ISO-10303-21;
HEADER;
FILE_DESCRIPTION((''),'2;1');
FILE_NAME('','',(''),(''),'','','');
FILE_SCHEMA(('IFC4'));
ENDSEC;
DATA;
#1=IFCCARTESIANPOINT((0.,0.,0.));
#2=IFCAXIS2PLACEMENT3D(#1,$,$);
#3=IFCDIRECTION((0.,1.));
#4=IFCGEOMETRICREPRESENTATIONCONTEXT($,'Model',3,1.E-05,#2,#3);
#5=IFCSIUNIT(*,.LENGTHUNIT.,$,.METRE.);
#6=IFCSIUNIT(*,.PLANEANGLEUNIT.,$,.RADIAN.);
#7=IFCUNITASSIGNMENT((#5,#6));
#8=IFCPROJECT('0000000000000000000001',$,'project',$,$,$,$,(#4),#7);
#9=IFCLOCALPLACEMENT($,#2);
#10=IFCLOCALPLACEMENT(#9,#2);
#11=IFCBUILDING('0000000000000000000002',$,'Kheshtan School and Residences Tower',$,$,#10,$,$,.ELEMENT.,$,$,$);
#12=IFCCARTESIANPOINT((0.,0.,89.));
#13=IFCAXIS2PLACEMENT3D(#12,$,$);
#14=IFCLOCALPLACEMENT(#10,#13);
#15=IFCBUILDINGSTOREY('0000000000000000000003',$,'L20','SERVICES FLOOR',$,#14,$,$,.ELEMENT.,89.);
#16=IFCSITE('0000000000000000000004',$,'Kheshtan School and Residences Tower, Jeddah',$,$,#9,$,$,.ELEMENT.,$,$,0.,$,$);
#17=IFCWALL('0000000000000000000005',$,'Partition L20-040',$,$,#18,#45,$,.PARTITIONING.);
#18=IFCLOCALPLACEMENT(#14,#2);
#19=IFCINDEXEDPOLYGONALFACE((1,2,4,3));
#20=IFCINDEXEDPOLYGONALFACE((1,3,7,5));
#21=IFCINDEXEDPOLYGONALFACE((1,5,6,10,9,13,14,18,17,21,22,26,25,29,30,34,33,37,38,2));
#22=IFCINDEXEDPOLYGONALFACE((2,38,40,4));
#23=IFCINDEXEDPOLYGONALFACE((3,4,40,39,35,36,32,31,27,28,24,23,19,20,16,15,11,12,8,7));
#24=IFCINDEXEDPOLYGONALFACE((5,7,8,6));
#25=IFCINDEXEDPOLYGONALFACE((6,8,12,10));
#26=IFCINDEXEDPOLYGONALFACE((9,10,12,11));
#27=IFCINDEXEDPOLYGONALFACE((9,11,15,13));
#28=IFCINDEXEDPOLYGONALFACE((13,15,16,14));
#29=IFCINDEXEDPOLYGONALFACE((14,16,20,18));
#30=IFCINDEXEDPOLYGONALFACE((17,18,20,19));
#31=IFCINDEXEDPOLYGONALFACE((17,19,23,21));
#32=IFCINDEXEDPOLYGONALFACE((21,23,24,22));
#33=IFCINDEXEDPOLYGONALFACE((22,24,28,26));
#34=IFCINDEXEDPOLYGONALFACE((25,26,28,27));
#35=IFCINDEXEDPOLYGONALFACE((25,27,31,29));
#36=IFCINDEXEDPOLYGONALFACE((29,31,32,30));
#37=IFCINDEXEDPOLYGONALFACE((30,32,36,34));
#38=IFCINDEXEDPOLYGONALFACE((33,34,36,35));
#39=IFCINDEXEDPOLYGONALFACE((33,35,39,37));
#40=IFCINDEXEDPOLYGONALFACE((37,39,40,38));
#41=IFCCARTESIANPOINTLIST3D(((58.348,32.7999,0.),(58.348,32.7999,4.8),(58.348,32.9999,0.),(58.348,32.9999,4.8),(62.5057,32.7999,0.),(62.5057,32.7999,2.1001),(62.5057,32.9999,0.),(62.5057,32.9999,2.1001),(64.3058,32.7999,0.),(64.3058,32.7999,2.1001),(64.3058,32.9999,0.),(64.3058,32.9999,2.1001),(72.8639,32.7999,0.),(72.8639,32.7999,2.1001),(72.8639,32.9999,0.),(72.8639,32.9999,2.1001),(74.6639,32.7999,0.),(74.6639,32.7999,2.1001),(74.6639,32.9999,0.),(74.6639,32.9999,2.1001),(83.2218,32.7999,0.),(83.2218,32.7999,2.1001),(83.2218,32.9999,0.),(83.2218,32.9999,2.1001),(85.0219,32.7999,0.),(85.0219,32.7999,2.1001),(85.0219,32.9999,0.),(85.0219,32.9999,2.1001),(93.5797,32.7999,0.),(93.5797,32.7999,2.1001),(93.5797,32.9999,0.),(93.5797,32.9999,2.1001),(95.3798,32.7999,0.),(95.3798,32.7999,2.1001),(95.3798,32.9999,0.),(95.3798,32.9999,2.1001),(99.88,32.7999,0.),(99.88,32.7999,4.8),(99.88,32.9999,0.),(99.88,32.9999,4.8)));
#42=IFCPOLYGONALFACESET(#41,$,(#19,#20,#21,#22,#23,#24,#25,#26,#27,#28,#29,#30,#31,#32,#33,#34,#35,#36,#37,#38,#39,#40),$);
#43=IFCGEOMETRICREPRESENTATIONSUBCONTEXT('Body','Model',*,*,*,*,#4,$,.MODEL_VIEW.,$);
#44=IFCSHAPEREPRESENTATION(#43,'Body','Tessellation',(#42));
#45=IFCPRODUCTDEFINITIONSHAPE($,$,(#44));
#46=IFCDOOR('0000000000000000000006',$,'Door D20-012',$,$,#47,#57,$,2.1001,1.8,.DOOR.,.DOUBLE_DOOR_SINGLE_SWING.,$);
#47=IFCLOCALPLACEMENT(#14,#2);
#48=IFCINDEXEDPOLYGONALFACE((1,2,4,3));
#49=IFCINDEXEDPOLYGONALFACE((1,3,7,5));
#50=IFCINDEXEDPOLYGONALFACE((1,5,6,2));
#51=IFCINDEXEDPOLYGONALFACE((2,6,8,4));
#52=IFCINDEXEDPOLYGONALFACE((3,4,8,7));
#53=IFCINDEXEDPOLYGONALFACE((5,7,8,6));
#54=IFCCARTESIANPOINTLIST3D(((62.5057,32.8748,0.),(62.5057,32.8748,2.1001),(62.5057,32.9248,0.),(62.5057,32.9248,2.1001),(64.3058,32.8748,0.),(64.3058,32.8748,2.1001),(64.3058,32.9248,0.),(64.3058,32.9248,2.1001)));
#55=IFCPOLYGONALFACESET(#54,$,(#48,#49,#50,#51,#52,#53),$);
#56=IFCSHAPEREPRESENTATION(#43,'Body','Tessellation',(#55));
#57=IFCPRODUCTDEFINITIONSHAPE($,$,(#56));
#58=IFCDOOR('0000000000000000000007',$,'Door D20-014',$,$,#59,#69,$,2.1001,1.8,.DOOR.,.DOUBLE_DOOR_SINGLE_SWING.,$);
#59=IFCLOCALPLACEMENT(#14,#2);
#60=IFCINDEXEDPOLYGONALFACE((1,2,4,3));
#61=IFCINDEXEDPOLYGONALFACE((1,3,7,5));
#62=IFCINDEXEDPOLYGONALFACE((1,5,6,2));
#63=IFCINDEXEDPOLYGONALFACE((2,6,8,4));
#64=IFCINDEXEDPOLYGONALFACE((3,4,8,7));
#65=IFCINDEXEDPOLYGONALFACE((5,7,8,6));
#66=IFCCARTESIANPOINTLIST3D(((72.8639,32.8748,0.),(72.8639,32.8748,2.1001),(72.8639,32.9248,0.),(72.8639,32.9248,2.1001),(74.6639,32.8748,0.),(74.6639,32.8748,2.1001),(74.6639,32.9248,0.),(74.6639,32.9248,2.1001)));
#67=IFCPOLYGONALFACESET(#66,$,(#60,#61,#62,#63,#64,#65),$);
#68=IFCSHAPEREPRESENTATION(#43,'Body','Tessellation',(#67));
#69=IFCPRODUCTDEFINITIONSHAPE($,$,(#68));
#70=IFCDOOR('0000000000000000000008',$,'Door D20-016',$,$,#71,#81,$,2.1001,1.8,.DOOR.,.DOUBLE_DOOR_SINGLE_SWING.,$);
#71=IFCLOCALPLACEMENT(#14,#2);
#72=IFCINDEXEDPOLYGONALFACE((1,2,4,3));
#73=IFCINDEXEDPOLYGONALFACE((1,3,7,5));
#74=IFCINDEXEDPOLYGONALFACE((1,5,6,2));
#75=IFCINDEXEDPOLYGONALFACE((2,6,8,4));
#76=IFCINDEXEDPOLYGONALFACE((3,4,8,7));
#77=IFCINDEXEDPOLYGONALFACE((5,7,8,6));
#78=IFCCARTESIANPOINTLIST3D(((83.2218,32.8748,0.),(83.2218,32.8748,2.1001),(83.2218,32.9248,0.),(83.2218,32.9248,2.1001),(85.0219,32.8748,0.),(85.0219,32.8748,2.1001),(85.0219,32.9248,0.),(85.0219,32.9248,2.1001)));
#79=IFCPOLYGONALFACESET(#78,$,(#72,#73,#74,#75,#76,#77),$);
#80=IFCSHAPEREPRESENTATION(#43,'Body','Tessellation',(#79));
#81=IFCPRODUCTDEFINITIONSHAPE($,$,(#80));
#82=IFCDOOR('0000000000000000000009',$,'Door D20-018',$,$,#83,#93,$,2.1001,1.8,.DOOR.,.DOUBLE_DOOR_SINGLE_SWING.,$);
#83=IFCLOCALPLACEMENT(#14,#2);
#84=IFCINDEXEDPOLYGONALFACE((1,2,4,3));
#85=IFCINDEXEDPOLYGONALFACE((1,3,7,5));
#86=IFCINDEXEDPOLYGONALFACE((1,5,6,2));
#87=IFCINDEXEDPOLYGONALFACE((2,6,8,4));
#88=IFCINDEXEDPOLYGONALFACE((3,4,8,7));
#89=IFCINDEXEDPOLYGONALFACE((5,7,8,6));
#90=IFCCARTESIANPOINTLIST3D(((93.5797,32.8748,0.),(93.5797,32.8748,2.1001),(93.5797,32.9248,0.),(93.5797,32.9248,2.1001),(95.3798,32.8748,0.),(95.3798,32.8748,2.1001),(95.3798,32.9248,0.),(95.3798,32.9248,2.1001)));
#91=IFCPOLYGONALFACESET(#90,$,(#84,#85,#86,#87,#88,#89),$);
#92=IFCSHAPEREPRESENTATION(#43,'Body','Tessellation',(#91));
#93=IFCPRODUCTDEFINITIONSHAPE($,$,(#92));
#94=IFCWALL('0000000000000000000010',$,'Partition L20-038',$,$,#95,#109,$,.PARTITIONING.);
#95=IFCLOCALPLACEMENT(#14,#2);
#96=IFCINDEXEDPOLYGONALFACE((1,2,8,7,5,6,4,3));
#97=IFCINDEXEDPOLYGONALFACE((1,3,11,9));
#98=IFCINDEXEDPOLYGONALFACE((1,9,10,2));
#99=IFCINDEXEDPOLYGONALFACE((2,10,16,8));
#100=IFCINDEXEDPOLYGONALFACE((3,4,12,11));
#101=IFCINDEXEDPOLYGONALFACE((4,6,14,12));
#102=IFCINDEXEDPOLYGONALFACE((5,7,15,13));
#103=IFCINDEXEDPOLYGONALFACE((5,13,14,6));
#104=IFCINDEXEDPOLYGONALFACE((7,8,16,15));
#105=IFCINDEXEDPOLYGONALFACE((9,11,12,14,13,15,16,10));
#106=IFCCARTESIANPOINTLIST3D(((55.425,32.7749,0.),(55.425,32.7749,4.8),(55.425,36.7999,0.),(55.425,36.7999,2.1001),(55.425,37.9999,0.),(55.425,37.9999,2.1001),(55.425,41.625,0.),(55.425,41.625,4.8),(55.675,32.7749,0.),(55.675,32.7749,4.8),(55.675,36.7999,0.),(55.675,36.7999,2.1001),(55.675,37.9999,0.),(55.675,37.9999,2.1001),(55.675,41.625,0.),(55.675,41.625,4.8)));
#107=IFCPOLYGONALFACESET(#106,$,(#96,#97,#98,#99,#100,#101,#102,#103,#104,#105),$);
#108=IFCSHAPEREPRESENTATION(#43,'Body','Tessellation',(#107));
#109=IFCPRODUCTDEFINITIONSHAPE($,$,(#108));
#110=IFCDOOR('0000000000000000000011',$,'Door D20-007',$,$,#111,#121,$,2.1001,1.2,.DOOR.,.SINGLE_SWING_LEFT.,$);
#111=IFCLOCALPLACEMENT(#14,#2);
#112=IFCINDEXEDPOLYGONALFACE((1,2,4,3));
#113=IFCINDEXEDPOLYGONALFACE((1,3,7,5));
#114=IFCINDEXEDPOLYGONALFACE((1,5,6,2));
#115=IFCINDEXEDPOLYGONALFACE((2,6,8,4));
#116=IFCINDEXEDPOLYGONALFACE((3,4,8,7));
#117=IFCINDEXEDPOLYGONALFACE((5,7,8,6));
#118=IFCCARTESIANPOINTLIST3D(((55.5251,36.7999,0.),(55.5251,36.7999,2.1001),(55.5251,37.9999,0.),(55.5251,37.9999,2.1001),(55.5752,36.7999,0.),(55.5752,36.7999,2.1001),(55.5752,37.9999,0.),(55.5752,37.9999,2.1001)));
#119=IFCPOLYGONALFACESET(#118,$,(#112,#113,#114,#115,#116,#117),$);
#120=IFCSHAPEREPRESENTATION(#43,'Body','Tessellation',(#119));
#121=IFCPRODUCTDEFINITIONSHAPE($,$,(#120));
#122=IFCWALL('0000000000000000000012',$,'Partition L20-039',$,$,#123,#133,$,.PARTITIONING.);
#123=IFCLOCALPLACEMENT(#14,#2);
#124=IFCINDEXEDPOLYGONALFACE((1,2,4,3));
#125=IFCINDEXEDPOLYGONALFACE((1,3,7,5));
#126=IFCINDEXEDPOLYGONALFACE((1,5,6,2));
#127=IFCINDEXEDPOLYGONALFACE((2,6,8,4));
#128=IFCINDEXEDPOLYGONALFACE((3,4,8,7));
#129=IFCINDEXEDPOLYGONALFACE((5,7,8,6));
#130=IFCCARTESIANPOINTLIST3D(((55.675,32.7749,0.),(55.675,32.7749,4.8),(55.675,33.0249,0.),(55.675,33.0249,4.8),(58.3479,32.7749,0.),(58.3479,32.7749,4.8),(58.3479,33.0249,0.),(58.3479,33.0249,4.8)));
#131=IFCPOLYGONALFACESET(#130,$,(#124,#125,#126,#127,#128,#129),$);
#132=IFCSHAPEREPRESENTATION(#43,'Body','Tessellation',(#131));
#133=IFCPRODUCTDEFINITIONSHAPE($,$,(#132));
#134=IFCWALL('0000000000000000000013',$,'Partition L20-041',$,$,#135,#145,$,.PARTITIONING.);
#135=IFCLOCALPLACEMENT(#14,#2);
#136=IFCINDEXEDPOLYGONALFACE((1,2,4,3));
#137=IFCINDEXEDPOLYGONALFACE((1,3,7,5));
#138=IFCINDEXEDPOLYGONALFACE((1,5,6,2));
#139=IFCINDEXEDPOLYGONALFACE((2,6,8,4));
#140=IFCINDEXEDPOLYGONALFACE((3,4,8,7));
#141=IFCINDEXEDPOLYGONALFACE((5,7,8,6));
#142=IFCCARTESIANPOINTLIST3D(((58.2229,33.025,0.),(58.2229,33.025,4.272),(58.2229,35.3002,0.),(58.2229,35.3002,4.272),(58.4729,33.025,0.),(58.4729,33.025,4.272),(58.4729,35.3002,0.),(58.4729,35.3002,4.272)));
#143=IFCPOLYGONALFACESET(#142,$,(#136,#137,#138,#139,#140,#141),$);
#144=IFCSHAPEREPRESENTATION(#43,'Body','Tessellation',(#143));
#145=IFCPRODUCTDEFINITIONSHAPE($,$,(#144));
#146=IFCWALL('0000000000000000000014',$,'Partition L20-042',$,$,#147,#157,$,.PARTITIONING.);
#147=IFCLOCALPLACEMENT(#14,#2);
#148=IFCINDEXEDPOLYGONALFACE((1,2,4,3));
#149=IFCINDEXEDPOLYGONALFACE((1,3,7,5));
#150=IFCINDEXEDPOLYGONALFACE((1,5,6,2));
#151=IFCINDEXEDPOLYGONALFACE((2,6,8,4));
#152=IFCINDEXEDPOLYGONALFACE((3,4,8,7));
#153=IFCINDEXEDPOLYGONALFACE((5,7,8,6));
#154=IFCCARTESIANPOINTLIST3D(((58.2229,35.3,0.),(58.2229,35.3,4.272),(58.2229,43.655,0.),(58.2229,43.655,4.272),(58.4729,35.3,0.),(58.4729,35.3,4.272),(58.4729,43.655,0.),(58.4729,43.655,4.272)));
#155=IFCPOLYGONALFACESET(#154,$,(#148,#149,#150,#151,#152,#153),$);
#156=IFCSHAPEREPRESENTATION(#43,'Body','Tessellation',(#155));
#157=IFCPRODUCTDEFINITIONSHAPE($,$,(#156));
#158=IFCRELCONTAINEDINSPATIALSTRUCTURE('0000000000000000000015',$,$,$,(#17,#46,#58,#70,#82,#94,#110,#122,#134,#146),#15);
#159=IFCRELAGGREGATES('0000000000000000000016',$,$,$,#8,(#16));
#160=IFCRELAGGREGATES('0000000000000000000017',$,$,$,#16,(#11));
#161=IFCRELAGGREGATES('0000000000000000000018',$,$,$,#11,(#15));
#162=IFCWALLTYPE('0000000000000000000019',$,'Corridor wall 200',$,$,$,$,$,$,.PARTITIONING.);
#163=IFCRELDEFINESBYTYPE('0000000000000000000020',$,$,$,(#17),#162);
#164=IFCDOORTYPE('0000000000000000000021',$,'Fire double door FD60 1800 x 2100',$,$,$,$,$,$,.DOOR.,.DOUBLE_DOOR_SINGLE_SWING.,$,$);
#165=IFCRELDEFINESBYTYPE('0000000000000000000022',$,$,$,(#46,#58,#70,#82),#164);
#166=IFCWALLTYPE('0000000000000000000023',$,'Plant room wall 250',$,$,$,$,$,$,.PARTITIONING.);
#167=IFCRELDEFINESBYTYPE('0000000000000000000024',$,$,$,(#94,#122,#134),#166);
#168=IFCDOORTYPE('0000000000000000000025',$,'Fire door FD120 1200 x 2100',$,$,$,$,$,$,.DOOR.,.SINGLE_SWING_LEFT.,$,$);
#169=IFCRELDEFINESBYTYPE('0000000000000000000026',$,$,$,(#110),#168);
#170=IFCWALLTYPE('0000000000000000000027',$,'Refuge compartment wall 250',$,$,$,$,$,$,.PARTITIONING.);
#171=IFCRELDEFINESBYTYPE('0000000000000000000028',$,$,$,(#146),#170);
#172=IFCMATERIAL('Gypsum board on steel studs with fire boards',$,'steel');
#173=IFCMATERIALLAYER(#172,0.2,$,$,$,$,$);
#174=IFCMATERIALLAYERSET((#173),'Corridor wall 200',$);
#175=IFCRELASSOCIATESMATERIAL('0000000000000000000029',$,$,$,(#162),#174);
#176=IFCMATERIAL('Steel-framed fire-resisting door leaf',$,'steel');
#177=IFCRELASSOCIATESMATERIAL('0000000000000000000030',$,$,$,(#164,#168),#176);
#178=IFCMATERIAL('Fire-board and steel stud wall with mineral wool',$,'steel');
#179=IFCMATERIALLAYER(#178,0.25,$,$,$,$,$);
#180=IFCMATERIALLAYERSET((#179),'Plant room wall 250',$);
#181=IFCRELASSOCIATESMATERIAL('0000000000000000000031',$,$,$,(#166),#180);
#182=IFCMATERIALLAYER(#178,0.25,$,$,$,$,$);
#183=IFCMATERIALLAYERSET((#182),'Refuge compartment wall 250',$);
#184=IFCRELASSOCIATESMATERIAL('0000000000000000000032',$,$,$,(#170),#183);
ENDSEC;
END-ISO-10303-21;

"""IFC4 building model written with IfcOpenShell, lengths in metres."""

from ifc_helpers import new_model, si_unit, direction, frame, frame_2d, origin, place, context, subcontext, project, spatial, rectangle, extrude, source, transform, mapped, material, layer, layer_set, type_object, element, fill, save


model = new_model("IFC4")

# Units and contexts
model_context = context("Model", 3, precision=1e-05, world=origin(), true_north=direction((0.0, 1.0)))
body_context = subcontext(model_context, "Body", "Model", "MODEL_VIEW")
ifc_project = project(units=[si_unit("LENGTHUNIT", "METRE"), si_unit("PLANEANGLEUNIT", "RADIAN")], contexts=[model_context])

# Site, building, storey
site_placement = place(None, origin())
site = spatial("IfcSite", under=ifc_project, at=site_placement, Name="Kheshtan School and Residences Tower, Jeddah", CompositionType="ELEMENT", RefElevation=0.0)
building_placement = place(site_placement, origin())
building = spatial("IfcBuilding", under=site, at=building_placement, Name="Kheshtan School and Residences Tower", CompositionType="ELEMENT")
storey_placement = place(building_placement, frame((0.0, 0.0, 89.0)))
storey = spatial("IfcBuildingStorey", under=building, at=storey_placement, Name="L20", Description="SERVICES FLOOR", CompositionType="ELEMENT", Elevation=89.0)

# Wall, openings, doors
ifc_material_1 = material(Name="Gypsum board on steel studs with fire boards", Category="steel")
ifc_layer_1 = layer(ifc_material_1, 0.2)
ifc_layer_set_1 = layer_set([ifc_layer_1], Name="Corridor wall 200")
wall_type_1 = type_object("IfcWallType", Name="Corridor wall 200", PredefinedType="PARTITIONING", material=ifc_layer_set_1)
wall_1_placement = place(storey_placement, frame((58.3479, 32.8999, 0.0), z_axis=(0.0, 0.0, 1.0), x_axis=(1.0, 0.0, 0.0)))
wall_1 = element("IfcWall", 1, at=wall_1_placement, inside=storey, type_object=wall_type_1, Name="Partition L20-040", PredefinedType="PARTITIONING", context=body_context, shape_type="SweptSolid", body=[
    extrude(rectangle(XDim=41.532, YDim=0.2, at=frame_2d((20.7661, 0.0))), origin(), (0.0, 0.0, 1.0), 4.8),
])
opening_1_placement = place(wall_1_placement, frame((4.158, 0.0, 0.0)))
opening_1 = element("IfcOpeningElement", 2, at=opening_1_placement, cuts=wall_1, PredefinedType="OPENING", context=body_context, shape_type="SweptSolid", body=[
    extrude(rectangle(XDim=1.8, YDim=2.1001, at=frame_2d((0.8999, 1.05))), frame((0.0, 0.1099, 0.0), z_axis=(0.0, -1.0, 0.0), x_axis=(1.0, 0.0, 0.0)), (0.0, 0.0, 1.0), 0.22),
])
opening_2_placement = place(wall_1_placement, frame((14.5161, 0.0, 0.0)))
opening_2 = element("IfcOpeningElement", 3, at=opening_2_placement, cuts=wall_1, PredefinedType="OPENING", context=body_context, shape_type="SweptSolid", body=[
    extrude(rectangle(XDim=1.8, YDim=2.1001, at=frame_2d((0.8999, 1.05))), frame((0.0, 0.1099, 0.0), z_axis=(0.0, -1.0, 0.0), x_axis=(1.0, 0.0, 0.0)), (0.0, 0.0, 1.0), 0.22),
])
opening_3_placement = place(wall_1_placement, frame((24.874, 0.0, 0.0)))
opening_3 = element("IfcOpeningElement", 4, at=opening_3_placement, cuts=wall_1, PredefinedType="OPENING", context=body_context, shape_type="SweptSolid", body=[
    extrude(rectangle(XDim=1.8, YDim=2.1001, at=frame_2d((0.8999, 1.05))), frame((0.0, 0.1099, 0.0), z_axis=(0.0, -1.0, 0.0), x_axis=(1.0, 0.0, 0.0)), (0.0, 0.0, 1.0), 0.22),
])
opening_4_placement = place(wall_1_placement, frame((35.2319, 0.0, 0.0)))
opening_4 = element("IfcOpeningElement", 5, at=opening_4_placement, cuts=wall_1, PredefinedType="OPENING", context=body_context, shape_type="SweptSolid", body=[
    extrude(rectangle(XDim=1.8, YDim=2.1001, at=frame_2d((0.8999, 1.05))), frame((0.0, 0.1099, 0.0), z_axis=(0.0, -1.0, 0.0), x_axis=(1.0, 0.0, 0.0)), (0.0, 0.0, 1.0), 0.22),
])
ifc_material_2 = material(Name="Steel-framed fire-resisting door leaf", Category="steel")
door_type_1 = type_object("IfcDoorType", Name="Fire double door FD60 1800 x 2100", OperationType="DOUBLE_DOOR_SINGLE_SWING", PredefinedType="DOOR", material=ifc_material_2)
shared_shape_1 = source(origin(), body_context, "Body", "SweptSolid", [
    extrude(rectangle(XDim=1.8, YDim=2.1001, at=frame_2d((0.8999, 1.05))), frame((0.0, 0.0249, 0.0), z_axis=(0.0, -1.0, 0.0), x_axis=(1.0, 0.0, 0.0)), (0.0, 0.0, 1.0), 0.05),
])
door_1_placement = place(opening_1_placement, origin())
door_1 = element("IfcDoor", 6, at=door_1_placement, inside=storey, type_object=door_type_1, Name="Door D20-012", OperationType="DOUBLE_DOOR_SINGLE_SWING", OverallHeight=2.1001, OverallWidth=1.8, PredefinedType="DOOR", context=body_context, shape_type="MappedRepresentation", body=[
    mapped(shared_shape_1, transform((0.0, 0.0, 0.0), x_axis=(1.0, 0.0, 0.0), y_axis=(0.0, 1.0, 0.0), z_axis=(0.0, 0.0, 1.0), scale=1.0)),
])
fill(opening_1, door_1)
door_2_placement = place(opening_2_placement, origin())
door_2 = element("IfcDoor", 7, at=door_2_placement, inside=storey, type_object=door_type_1, Name="Door D20-014", OperationType="DOUBLE_DOOR_SINGLE_SWING", OverallHeight=2.1001, OverallWidth=1.8, PredefinedType="DOOR", context=body_context, shape_type="MappedRepresentation", body=[
    mapped(shared_shape_1, transform((0.0, 0.0, 0.0), x_axis=(1.0, 0.0, 0.0), y_axis=(0.0, 1.0, 0.0), z_axis=(0.0, 0.0, 1.0), scale=1.0)),
])
fill(opening_2, door_2)
door_3_placement = place(opening_3_placement, origin())
door_3 = element("IfcDoor", 8, at=door_3_placement, inside=storey, type_object=door_type_1, Name="Door D20-016", OperationType="DOUBLE_DOOR_SINGLE_SWING", OverallHeight=2.1001, OverallWidth=1.8, PredefinedType="DOOR", context=body_context, shape_type="MappedRepresentation", body=[
    mapped(shared_shape_1, transform((0.0, 0.0, 0.0), x_axis=(1.0, 0.0, 0.0), y_axis=(0.0, 1.0, 0.0), z_axis=(0.0, 0.0, 1.0), scale=1.0)),
])
fill(opening_3, door_3)
door_4_placement = place(opening_4_placement, origin())
door_4 = element("IfcDoor", 9, at=door_4_placement, inside=storey, type_object=door_type_1, Name="Door D20-018", OperationType="DOUBLE_DOOR_SINGLE_SWING", OverallHeight=2.1001, OverallWidth=1.8, PredefinedType="DOOR", context=body_context, shape_type="MappedRepresentation", body=[
    mapped(shared_shape_1, transform((0.0, 0.0, 0.0), x_axis=(1.0, 0.0, 0.0), y_axis=(0.0, 1.0, 0.0), z_axis=(0.0, 0.0, 1.0), scale=1.0)),
])
fill(opening_4, door_4)

# Wall, opening, door
ifc_material_3 = material(Name="Fire-board and steel stud wall with mineral wool", Category="steel")
ifc_layer_2 = layer(ifc_material_3, 0.25)
ifc_layer_set_2 = layer_set([ifc_layer_2], Name="Plant room wall 250")
wall_type_2 = type_object("IfcWallType", Name="Plant room wall 250", PredefinedType="PARTITIONING", material=ifc_layer_set_2)
wall_2_placement = place(storey_placement, frame((55.55, 32.7749, 0.0), z_axis=(0.0, 0.0, 1.0), x_axis=(0.0, 1.0, 0.0)))
wall_2 = element("IfcWall", 10, at=wall_2_placement, inside=storey, type_object=wall_type_2, Name="Partition L20-038", PredefinedType="PARTITIONING", context=body_context, shape_type="SweptSolid", body=[
    extrude(rectangle(XDim=8.8501, YDim=0.25, at=frame_2d((4.425, 0.0))), origin(), (0.0, 0.0, 1.0), 4.8),
])
opening_5_placement = place(wall_2_placement, frame((4.0249, 0.0, 0.0)))
opening_5 = element("IfcOpeningElement", 11, at=opening_5_placement, cuts=wall_2, PredefinedType="OPENING", context=body_context, shape_type="SweptSolid", body=[
    extrude(rectangle(XDim=1.2, YDim=2.1001, at=frame_2d((0.6001, 1.05))), frame((0.0, 0.135, 0.0), z_axis=(0.0, -1.0, 0.0), x_axis=(1.0, 0.0, 0.0)), (0.0, 0.0, 1.0), 0.27),
])
door_type_2 = type_object("IfcDoorType", Name="Fire door FD120 1200 x 2100", OperationType="SINGLE_SWING_LEFT", PredefinedType="DOOR", material=ifc_material_2)
shared_shape_2 = source(origin(), body_context, "Body", "SweptSolid", [
    extrude(rectangle(XDim=1.2, YDim=2.1001, at=frame_2d((0.6001, 1.05))), frame((0.0, 0.0249, 0.0), z_axis=(0.0, -1.0, 0.0), x_axis=(1.0, 0.0, 0.0)), (0.0, 0.0, 1.0), 0.05),
])
door_5_placement = place(opening_5_placement, origin())
door_5 = element("IfcDoor", 12, at=door_5_placement, inside=storey, type_object=door_type_2, Name="Door D20-007", OperationType="SINGLE_SWING_LEFT", OverallHeight=2.1001, OverallWidth=1.2, PredefinedType="DOOR", context=body_context, shape_type="MappedRepresentation", body=[
    mapped(shared_shape_2, transform((0.0, 0.0, 0.0), x_axis=(1.0, 0.0, 0.0), y_axis=(0.0, 1.0, 0.0), z_axis=(0.0, 0.0, 1.0), scale=1.0)),
])
fill(opening_5, door_5)

# Walls
wall_3_placement = place(storey_placement, frame((55.675, 32.8999, 0.0), z_axis=(0.0, 0.0, 1.0), x_axis=(1.0, 0.0, 0.0)))
element("IfcWall", 13, at=wall_3_placement, inside=storey, type_object=wall_type_2, Name="Partition L20-039", PredefinedType="PARTITIONING", context=body_context, shape_type="SweptSolid", body=[
    extrude(rectangle(XDim=2.6729, YDim=0.25, at=frame_2d((1.3364, 0.0))), origin(), (0.0, 0.0, 1.0), 4.8),
])
wall_4_placement = place(storey_placement, frame((58.3479, 33.0249, 0.0), z_axis=(0.0, 0.0, 1.0), x_axis=(0.0, 1.0, 0.0)))
element("IfcWall", 14, at=wall_4_placement, inside=storey, type_object=wall_type_2, Name="Partition L20-041", PredefinedType="PARTITIONING", context=body_context, shape_type="SweptSolid", body=[
    extrude(rectangle(XDim=2.2751, YDim=0.25, at=frame_2d((1.1377, 0.0))), origin(), (0.0, 0.0, 1.0), 4.272),
])
ifc_layer_3 = layer(ifc_material_3, 0.25)
ifc_layer_set_3 = layer_set([ifc_layer_3], Name="Refuge compartment wall 250")
wall_type_3 = type_object("IfcWallType", Name="Refuge compartment wall 250", PredefinedType="PARTITIONING", material=ifc_layer_set_3)
wall_5_placement = place(storey_placement, frame((58.3479, 35.3, 0.0), z_axis=(0.0, 0.0, 1.0), x_axis=(0.0, 1.0, 0.0)))
element("IfcWall", 15, at=wall_5_placement, inside=storey, type_object=wall_type_3, Name="Partition L20-042", PredefinedType="PARTITIONING", context=body_context, shape_type="SweptSolid", body=[
    extrude(rectangle(XDim=8.355, YDim=0.25, at=frame_2d((4.1775, 0.0))), origin(), (0.0, 0.0, 1.0), 4.272),
])

save(model, "model.ifc")
